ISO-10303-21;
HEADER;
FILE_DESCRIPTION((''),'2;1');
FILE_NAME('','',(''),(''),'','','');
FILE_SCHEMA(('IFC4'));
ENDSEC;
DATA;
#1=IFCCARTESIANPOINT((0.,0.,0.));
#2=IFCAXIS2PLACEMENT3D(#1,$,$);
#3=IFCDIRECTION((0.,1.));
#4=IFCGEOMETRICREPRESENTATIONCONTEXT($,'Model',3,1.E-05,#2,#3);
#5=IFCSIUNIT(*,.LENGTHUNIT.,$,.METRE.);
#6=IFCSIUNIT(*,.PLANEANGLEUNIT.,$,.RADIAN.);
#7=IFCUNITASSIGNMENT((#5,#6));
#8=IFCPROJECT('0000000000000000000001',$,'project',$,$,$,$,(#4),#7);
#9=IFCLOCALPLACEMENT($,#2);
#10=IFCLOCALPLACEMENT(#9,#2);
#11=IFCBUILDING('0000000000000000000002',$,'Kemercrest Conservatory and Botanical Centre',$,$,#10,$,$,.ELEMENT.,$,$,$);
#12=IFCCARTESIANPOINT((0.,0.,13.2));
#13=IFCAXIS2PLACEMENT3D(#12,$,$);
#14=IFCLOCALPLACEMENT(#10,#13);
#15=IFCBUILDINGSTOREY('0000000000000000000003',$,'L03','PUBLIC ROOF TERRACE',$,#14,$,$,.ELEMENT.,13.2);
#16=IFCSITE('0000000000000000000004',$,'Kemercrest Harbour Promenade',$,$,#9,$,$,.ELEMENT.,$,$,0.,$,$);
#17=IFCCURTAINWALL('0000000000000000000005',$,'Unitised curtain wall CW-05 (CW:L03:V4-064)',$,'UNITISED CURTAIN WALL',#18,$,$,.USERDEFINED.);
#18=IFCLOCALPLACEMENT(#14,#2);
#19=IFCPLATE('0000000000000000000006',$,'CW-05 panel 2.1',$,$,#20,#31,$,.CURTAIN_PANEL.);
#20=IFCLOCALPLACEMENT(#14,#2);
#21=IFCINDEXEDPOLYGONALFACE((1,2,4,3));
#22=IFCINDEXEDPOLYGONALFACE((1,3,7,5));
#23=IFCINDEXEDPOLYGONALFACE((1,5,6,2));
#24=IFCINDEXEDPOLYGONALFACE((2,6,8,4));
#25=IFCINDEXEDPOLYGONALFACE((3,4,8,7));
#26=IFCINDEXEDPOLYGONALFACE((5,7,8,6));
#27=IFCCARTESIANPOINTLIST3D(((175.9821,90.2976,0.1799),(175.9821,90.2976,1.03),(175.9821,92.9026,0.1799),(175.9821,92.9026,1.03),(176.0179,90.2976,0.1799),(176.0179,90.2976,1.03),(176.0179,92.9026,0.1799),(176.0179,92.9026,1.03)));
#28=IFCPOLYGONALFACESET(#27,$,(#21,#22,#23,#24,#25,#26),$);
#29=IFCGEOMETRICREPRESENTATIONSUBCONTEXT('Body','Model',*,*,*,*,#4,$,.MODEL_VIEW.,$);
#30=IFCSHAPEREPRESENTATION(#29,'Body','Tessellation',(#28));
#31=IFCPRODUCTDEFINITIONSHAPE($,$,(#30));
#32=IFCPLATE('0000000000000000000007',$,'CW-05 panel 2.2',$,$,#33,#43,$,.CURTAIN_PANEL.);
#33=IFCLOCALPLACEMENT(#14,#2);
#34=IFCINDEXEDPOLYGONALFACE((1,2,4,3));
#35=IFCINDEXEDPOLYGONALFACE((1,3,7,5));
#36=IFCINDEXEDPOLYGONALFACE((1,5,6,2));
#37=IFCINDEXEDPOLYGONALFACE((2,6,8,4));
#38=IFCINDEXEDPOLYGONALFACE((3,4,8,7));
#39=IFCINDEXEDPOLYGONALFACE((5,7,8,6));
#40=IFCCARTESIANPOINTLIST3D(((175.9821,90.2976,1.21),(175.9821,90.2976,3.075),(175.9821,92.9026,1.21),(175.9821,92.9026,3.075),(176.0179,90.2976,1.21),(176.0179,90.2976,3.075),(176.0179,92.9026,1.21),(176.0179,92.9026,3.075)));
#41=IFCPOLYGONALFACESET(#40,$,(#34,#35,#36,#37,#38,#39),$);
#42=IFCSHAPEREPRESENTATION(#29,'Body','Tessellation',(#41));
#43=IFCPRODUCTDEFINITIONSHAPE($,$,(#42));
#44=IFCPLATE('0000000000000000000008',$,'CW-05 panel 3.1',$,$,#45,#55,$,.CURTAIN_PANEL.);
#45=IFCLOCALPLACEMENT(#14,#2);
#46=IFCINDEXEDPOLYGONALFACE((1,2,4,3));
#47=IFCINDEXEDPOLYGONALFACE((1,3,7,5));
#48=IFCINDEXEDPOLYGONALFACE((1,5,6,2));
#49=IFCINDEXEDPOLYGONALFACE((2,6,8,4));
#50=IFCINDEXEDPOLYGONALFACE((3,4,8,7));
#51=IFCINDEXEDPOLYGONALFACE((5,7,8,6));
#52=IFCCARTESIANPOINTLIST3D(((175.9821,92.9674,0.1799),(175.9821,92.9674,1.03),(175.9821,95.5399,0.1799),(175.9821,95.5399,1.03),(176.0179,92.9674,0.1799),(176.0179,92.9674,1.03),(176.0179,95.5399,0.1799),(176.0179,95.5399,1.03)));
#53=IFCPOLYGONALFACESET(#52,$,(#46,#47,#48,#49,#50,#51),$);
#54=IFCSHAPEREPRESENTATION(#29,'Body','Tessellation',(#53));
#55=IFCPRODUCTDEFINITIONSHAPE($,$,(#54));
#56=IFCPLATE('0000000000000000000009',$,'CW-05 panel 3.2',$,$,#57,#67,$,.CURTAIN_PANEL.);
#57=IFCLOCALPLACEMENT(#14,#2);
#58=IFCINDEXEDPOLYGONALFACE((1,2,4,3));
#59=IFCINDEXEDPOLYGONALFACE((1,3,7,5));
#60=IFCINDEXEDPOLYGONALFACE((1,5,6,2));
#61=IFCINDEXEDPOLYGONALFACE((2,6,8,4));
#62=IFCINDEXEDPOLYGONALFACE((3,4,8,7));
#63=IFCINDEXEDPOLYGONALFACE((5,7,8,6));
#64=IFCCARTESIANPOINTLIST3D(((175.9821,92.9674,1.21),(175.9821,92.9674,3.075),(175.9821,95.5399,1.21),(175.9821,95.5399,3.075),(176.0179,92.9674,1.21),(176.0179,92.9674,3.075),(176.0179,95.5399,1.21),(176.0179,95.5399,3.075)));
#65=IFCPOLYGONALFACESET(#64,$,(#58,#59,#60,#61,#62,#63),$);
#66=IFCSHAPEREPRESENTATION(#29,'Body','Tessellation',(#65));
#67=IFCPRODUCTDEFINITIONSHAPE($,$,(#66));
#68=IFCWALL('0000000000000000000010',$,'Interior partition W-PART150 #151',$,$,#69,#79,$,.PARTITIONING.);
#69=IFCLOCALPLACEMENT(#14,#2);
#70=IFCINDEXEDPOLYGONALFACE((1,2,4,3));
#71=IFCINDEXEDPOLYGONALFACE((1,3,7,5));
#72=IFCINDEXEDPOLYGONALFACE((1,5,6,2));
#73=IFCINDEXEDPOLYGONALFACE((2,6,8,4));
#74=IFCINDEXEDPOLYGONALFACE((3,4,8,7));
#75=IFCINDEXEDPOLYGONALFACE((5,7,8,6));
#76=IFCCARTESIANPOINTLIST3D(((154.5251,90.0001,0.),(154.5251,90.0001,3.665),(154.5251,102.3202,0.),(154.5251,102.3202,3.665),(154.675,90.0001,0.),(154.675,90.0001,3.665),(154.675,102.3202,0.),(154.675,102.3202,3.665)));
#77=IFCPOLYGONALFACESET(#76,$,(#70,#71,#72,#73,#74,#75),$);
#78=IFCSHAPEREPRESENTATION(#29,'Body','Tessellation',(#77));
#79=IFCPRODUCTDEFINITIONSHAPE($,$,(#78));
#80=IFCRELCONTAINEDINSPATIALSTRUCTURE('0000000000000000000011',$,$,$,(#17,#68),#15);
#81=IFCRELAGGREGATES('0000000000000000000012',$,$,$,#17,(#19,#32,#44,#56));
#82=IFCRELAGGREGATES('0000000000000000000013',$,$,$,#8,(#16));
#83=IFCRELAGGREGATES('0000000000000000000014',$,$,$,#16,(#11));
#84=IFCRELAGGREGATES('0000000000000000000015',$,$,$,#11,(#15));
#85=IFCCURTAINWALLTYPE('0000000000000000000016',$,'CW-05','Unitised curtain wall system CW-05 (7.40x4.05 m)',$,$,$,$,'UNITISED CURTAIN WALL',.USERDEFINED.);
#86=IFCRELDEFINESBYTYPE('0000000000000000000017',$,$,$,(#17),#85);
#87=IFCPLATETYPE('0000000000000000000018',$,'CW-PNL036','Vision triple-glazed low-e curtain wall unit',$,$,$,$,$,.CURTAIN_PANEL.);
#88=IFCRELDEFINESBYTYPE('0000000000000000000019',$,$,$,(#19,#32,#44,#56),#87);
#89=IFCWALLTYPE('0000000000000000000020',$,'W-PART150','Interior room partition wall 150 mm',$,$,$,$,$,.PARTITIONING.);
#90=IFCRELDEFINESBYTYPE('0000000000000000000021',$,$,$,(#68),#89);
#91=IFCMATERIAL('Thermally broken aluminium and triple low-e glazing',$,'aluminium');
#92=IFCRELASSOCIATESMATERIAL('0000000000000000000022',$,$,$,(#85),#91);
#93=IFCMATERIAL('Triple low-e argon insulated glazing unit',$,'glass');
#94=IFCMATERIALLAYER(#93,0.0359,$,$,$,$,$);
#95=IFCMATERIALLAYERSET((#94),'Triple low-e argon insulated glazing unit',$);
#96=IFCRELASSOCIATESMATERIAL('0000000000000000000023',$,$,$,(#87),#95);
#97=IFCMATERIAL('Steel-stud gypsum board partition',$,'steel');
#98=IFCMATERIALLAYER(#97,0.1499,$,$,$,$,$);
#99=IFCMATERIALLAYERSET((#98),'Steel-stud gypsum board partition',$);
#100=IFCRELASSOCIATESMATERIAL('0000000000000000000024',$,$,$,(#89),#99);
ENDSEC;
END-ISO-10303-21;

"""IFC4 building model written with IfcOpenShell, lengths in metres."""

from ifc_helpers import new_model, si_unit, direction, frame, frame_2d, origin, origin_2d, place, context, subcontext, project, spatial, rectangle, extrude, material, layer, layer_set, type_object, element, aggregate, save


model = new_model("IFC4")

# Units and contexts
model_context = context("Model", 3, precision=1e-05, world=origin(), true_north=direction((0.0, 1.0)))
body_context = subcontext(model_context, "Body", "Model", "MODEL_VIEW")
ifc_project = project(units=[si_unit("LENGTHUNIT", "METRE"), si_unit("PLANEANGLEUNIT", "RADIAN")], contexts=[model_context])

# Site, building, storey
site_placement = place(None, origin())
site = spatial("IfcSite", under=ifc_project, at=site_placement, Name="Kemercrest Harbour Promenade", CompositionType="ELEMENT", RefElevation=0.0)
building_placement = place(site_placement, origin())
building = spatial("IfcBuilding", under=site, at=building_placement, Name="Kemercrest Conservatory and Botanical Centre", CompositionType="ELEMENT")
storey_placement = place(building_placement, frame((0.0, 0.0, 13.2)))
storey = spatial("IfcBuildingStorey", under=building, at=storey_placement, Name="L03", Description="PUBLIC ROOF TERRACE", CompositionType="ELEMENT", Elevation=13.2)

# Curtain wall
ifc_material_1 = material(Name="Thermally broken aluminium and triple low-e glazing", Category="aluminium")
curtain_wall_type = type_object("IfcCurtainWallType", Name="CW-05", Description="Unitised curtain wall system CW-05 (7.40x4.05 m)", ElementType="UNITISED CURTAIN WALL", PredefinedType="USERDEFINED", material=ifc_material_1)
curtain_wall_placement = place(storey_placement, origin())
curtain_wall = element("IfcCurtainWall", 1, at=curtain_wall_placement, inside=storey, type_object=curtain_wall_type, Name="Unitised curtain wall CW-05 (CW:L03:V4-064)", ObjectType="UNITISED CURTAIN WALL", PredefinedType="USERDEFINED")

# Plates
ifc_material_2 = material(Name="Triple low-e argon insulated glazing unit", Category="glass")
ifc_layer_1 = layer(ifc_material_2, 0.0359)
ifc_layer_set_1 = layer_set([ifc_layer_1], Name="Triple low-e argon insulated glazing unit")
plate_type = type_object("IfcPlateType", Name="CW-PNL036", Description="Vision triple-glazed low-e curtain wall unit", PredefinedType="CURTAIN_PANEL", material=ifc_layer_set_1)
plate_1_placement = place(storey_placement, frame((176.0, 91.6001, 0.1799), z_axis=(0.0, 0.0, 1.0), x_axis=(0.0, 1.0, 0.0)))
plate_1 = element("IfcPlate", 2, at=plate_1_placement, type_object=plate_type, Name="CW-05 panel 2.1", PredefinedType="CURTAIN_PANEL", context=body_context, shape_type="SweptSolid", body=[
    extrude(rectangle(XDim=2.605, YDim=0.0359, at=origin_2d()), origin(), (0.0, 0.0, 1.0), 0.8501),
])
plate_2_placement = place(storey_placement, frame((176.0, 91.6001, 1.21), z_axis=(0.0, 0.0, 1.0), x_axis=(0.0, 1.0, 0.0)))
plate_2 = element("IfcPlate", 3, at=plate_2_placement, type_object=plate_type, Name="CW-05 panel 2.2", PredefinedType="CURTAIN_PANEL", context=body_context, shape_type="SweptSolid", body=[
    extrude(rectangle(XDim=2.605, YDim=0.0359, at=origin_2d()), origin(), (0.0, 0.0, 1.0), 1.865),
])
plate_3_placement = place(storey_placement, frame((176.0, 94.2537, 0.1799), z_axis=(0.0, 0.0, 1.0), x_axis=(0.0, 1.0, 0.0)))
plate_3 = element("IfcPlate", 4, at=plate_3_placement, type_object=plate_type, Name="CW-05 panel 3.1", PredefinedType="CURTAIN_PANEL", context=body_context, shape_type="SweptSolid", body=[
    extrude(rectangle(XDim=2.5725, YDim=0.0359, at=origin_2d()), origin(), (0.0, 0.0, 1.0), 0.8501),
])
plate_4_placement = place(storey_placement, frame((176.0, 94.2537, 1.21), z_axis=(0.0, 0.0, 1.0), x_axis=(0.0, 1.0, 0.0)))
plate_4 = element("IfcPlate", 5, at=plate_4_placement, type_object=plate_type, Name="CW-05 panel 3.2", PredefinedType="CURTAIN_PANEL", context=body_context, shape_type="SweptSolid", body=[
    extrude(rectangle(XDim=2.5725, YDim=0.0359, at=origin_2d()), origin(), (0.0, 0.0, 1.0), 1.865),
])
aggregate(curtain_wall, [plate_1, plate_2, plate_3, plate_4])

# Wall
ifc_material_3 = material(Name="Steel-stud gypsum board partition", Category="steel")
ifc_layer_2 = layer(ifc_material_3, 0.1499)
ifc_layer_set_2 = layer_set([ifc_layer_2], Name="Steel-stud gypsum board partition")
wall_type = type_object("IfcWallType", Name="W-PART150", Description="Interior room partition wall 150 mm", PredefinedType="PARTITIONING", material=ifc_layer_set_2)
wall_1_placement = place(storey_placement, frame((154.6001, 90.0, 0.0), z_axis=(0.0, 0.0, 1.0), x_axis=(0.0, 1.0, 0.0)))
element("IfcWall", 6, at=wall_1_placement, inside=storey, type_object=wall_type, Name="Interior partition W-PART150 #151", PredefinedType="PARTITIONING", context=body_context, shape_type="SweptSolid", body=[
    extrude(rectangle(XDim=12.3201, YDim=0.1499, at=frame_2d((6.1602, 0.0))), origin(), (0.0, 0.0, 1.0), 3.665),
])

save(model, "model.ifc")
